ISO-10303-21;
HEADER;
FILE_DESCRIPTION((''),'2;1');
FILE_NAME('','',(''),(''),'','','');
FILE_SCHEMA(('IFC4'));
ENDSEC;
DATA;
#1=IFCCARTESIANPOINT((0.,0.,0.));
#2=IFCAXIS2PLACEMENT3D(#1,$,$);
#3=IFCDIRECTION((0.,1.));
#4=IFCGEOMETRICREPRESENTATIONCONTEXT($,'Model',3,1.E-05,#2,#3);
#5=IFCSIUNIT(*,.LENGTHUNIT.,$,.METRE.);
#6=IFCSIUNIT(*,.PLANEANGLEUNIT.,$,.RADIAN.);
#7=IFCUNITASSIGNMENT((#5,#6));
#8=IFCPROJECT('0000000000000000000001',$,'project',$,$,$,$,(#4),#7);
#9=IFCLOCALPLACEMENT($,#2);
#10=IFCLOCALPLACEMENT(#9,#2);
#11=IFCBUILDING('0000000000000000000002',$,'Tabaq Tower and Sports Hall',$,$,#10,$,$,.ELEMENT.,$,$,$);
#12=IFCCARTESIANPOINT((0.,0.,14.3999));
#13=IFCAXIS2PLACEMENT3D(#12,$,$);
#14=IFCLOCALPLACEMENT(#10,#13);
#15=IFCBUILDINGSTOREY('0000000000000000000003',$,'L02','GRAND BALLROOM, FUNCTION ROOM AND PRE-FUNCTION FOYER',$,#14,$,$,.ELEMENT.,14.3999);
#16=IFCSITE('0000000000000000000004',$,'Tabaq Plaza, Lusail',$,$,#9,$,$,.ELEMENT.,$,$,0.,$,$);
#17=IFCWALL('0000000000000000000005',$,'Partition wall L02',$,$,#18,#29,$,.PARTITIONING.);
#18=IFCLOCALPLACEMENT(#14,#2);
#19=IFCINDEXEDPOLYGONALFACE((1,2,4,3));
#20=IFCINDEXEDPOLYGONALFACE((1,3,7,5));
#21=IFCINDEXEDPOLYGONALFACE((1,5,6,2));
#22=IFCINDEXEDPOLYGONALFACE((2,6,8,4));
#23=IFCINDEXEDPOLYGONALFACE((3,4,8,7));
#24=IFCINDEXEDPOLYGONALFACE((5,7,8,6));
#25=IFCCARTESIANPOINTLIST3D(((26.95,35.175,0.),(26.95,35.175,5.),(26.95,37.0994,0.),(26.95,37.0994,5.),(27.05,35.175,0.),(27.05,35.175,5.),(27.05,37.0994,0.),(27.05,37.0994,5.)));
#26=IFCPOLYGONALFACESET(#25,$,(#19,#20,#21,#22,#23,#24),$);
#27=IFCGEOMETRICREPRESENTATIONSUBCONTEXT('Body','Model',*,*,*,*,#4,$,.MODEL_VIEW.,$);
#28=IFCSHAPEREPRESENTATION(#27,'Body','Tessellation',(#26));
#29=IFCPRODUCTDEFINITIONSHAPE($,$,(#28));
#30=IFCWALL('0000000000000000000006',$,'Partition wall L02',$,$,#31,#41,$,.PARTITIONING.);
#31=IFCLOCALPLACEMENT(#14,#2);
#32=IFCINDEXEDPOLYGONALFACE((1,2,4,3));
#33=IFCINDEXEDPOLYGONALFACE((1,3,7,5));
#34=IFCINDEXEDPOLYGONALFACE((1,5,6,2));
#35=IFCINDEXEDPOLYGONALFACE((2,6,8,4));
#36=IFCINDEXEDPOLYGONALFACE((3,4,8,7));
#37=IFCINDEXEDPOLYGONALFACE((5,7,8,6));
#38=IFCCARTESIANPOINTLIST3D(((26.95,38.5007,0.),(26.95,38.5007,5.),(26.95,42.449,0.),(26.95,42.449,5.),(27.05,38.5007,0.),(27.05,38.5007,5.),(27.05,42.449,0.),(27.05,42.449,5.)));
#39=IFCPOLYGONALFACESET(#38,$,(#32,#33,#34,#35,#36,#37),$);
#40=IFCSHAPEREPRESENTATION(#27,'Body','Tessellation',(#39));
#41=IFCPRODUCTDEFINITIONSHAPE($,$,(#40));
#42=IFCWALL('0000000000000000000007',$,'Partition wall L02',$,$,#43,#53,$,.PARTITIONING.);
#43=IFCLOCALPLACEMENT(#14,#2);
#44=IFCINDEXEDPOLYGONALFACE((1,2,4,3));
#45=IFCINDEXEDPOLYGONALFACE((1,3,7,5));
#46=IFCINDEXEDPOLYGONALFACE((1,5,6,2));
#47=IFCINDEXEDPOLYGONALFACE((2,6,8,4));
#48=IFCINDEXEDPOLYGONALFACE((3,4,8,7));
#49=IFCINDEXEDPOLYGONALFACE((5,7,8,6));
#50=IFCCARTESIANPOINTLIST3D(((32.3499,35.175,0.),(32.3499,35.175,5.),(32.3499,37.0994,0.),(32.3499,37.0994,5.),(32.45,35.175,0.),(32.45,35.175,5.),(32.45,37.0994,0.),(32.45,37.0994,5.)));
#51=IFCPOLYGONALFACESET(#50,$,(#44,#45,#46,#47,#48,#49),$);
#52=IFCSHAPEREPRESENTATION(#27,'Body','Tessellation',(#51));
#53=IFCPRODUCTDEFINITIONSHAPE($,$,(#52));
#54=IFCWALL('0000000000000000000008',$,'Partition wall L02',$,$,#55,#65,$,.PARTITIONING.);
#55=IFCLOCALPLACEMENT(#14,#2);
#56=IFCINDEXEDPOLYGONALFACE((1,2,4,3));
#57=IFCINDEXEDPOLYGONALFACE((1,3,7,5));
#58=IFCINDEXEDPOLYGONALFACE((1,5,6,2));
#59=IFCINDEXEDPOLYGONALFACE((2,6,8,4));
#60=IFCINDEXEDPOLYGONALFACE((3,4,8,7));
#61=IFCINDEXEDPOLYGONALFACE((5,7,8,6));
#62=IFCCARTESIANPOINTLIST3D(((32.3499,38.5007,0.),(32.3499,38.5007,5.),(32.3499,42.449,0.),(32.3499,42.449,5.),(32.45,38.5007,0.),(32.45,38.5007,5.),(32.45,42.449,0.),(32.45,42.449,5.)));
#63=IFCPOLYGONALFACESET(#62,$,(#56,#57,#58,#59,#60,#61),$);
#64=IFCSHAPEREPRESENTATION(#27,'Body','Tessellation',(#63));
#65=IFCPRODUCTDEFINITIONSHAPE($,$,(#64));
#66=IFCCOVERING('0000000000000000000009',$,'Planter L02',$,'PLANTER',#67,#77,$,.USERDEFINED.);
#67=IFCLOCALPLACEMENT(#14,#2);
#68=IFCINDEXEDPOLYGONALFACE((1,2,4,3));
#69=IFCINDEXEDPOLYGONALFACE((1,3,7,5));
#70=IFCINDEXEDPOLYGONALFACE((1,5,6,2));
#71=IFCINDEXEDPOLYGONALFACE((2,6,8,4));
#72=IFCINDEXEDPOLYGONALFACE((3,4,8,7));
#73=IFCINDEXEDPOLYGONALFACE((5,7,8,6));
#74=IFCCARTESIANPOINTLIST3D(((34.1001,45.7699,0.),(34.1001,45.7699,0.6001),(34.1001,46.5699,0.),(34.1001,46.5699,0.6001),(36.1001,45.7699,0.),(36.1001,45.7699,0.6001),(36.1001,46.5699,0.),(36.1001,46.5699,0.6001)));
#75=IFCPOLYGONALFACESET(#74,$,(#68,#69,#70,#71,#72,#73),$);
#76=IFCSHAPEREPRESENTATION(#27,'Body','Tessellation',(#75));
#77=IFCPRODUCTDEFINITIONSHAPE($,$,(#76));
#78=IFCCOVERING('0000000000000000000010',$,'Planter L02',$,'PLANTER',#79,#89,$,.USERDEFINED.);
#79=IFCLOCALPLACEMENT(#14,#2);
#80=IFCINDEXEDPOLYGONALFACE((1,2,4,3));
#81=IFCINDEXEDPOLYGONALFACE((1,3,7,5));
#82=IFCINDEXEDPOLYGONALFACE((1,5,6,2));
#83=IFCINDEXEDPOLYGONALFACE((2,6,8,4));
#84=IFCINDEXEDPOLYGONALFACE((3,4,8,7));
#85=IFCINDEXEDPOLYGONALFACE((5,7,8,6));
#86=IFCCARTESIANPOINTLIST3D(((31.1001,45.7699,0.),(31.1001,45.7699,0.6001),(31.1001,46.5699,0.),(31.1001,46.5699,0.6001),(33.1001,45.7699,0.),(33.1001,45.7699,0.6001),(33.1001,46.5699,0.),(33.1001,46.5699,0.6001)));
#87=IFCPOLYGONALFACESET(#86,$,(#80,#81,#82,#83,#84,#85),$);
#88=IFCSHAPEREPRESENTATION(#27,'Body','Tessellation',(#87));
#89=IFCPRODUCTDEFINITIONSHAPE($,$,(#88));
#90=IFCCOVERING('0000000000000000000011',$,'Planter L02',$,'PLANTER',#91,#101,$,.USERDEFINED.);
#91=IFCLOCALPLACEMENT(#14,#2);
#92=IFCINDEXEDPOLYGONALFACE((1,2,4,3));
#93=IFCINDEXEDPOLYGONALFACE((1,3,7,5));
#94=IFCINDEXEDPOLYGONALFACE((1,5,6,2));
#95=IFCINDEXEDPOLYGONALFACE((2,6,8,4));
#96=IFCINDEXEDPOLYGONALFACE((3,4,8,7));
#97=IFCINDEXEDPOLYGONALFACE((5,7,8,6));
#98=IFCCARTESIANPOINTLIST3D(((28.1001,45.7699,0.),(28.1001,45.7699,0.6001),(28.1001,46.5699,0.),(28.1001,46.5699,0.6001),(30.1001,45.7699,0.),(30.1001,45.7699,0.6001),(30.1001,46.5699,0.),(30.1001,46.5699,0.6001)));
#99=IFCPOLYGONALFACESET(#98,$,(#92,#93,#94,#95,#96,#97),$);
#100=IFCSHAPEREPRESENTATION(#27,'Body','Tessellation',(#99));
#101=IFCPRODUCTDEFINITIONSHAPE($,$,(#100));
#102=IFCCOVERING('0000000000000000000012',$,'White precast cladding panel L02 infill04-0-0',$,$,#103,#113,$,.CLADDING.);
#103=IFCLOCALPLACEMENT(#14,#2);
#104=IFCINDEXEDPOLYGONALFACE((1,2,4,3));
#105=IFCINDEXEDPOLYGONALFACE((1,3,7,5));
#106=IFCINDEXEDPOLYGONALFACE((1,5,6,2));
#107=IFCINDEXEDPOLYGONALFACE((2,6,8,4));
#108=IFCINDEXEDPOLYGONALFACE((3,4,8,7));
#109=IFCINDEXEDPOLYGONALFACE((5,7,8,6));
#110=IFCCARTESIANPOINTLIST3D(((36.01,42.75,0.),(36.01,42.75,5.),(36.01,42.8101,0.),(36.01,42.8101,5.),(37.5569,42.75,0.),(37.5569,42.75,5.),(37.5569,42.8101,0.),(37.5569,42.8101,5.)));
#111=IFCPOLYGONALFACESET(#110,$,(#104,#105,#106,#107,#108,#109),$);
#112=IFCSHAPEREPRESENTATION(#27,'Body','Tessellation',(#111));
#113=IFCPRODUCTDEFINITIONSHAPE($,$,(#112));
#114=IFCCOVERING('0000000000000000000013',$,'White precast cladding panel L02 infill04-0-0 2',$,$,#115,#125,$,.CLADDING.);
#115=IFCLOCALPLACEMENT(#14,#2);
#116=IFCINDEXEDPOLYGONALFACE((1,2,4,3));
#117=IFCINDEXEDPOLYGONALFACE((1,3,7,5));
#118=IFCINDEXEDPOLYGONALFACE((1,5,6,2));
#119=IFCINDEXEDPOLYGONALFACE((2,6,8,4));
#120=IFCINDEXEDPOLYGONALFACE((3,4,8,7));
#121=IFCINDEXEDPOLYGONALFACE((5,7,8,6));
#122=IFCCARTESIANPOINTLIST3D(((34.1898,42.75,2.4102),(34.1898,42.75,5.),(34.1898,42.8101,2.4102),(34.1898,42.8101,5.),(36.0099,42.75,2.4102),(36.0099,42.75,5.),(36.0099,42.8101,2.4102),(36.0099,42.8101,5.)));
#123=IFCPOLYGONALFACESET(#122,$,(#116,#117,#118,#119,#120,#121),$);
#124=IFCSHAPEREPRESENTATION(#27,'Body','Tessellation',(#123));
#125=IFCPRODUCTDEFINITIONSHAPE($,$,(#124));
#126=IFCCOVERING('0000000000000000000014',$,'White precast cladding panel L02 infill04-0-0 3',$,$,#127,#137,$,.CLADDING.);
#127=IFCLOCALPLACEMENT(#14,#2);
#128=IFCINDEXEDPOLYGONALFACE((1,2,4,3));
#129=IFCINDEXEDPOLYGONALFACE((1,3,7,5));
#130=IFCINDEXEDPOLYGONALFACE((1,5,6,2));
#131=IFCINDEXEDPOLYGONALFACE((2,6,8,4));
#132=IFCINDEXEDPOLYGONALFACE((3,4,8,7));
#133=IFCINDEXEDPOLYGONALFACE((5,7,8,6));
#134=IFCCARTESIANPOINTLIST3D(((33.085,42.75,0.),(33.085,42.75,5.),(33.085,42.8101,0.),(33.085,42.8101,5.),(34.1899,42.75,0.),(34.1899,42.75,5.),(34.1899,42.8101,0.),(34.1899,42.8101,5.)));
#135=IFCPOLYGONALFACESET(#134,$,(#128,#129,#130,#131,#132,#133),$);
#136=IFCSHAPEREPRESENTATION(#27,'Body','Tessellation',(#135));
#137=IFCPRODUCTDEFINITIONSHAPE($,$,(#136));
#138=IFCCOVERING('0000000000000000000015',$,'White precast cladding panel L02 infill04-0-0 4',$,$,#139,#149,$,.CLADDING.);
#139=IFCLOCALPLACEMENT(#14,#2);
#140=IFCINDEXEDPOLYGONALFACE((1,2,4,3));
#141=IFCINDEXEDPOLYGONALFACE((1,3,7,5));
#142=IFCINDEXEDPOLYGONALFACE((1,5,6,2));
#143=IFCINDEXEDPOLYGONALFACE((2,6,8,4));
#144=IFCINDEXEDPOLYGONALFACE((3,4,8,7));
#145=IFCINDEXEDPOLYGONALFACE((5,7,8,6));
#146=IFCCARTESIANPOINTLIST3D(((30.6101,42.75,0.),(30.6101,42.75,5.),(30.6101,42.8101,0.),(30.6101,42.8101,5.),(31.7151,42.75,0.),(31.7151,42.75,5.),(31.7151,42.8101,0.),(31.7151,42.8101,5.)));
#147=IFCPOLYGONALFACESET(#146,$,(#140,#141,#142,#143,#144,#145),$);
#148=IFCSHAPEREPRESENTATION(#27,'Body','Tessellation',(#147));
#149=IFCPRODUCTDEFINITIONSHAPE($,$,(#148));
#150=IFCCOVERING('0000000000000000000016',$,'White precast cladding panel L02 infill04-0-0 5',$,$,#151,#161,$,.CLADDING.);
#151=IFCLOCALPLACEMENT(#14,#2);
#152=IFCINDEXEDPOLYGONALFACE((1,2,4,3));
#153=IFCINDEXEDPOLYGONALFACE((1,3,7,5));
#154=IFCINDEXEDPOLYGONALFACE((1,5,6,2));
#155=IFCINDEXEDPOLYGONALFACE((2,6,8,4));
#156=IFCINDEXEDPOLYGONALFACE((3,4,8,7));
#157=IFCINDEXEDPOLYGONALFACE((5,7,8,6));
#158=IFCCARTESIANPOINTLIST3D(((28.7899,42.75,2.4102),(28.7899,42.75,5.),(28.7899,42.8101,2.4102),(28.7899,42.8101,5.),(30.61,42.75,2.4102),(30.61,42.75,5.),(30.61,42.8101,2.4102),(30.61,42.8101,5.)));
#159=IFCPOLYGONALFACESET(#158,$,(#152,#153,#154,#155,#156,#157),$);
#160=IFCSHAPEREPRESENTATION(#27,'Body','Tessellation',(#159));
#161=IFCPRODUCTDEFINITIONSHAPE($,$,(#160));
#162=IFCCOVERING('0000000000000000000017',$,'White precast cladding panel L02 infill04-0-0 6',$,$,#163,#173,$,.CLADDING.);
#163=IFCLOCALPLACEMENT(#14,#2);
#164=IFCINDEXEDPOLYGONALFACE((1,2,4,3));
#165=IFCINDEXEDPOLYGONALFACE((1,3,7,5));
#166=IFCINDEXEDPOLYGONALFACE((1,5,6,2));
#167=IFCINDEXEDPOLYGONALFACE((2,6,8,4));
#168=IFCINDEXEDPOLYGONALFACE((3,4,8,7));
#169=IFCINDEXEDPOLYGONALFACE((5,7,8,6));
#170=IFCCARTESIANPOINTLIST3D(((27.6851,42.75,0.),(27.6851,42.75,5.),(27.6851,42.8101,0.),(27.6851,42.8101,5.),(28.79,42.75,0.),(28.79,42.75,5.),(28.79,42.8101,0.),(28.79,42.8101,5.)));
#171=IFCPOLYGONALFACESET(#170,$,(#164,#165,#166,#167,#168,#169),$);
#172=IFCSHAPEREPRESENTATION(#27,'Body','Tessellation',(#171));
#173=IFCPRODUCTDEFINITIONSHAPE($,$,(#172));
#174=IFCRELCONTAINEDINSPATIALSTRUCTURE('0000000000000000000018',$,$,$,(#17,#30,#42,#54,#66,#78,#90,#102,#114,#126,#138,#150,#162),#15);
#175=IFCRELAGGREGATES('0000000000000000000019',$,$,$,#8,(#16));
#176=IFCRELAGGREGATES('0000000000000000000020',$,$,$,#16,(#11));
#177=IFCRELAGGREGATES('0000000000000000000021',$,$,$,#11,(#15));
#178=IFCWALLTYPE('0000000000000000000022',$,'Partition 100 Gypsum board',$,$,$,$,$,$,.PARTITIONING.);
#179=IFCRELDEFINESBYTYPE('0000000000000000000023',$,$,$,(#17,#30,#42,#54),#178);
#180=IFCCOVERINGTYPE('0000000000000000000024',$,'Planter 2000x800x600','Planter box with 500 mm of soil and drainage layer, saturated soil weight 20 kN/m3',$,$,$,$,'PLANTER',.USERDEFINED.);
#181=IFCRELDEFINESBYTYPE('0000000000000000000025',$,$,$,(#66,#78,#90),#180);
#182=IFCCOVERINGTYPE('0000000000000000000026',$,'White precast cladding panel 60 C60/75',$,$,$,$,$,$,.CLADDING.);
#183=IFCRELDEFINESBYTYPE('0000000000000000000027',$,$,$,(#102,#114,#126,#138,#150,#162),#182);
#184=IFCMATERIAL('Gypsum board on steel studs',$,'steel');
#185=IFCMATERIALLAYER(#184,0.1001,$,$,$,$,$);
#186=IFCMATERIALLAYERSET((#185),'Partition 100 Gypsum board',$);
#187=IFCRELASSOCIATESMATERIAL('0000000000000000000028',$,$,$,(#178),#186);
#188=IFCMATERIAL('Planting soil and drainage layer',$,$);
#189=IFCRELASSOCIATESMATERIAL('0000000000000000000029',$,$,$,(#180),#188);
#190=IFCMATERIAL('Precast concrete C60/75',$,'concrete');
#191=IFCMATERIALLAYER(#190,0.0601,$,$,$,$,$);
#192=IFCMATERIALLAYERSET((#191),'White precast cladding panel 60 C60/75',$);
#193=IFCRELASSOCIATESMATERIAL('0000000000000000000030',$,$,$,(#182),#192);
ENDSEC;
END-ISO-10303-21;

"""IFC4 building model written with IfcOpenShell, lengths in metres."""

from ifc_helpers import new_model, si_unit, direction, frame, frame_2d, origin, origin_2d, place, context, subcontext, project, spatial, rectangle, extrude, material, layer, layer_set, type_object, element, save


model = new_model("IFC4")

# Units and contexts
model_context = context("Model", 3, precision=1e-05, world=origin(), true_north=direction((0.0, 1.0)))
body_context = subcontext(model_context, "Body", "Model", "MODEL_VIEW")
ifc_project = project(units=[si_unit("LENGTHUNIT", "METRE"), si_unit("PLANEANGLEUNIT", "RADIAN")], contexts=[model_context])

# Site, building, storey
site_placement = place(None, origin())
site = spatial("IfcSite", under=ifc_project, at=site_placement, Name="Tabaq Plaza, Lusail", CompositionType="ELEMENT", RefElevation=0.0)
building_placement = place(site_placement, origin())
building = spatial("IfcBuilding", under=site, at=building_placement, Name="Tabaq Tower and Sports Hall", CompositionType="ELEMENT")
storey_placement = place(building_placement, frame((0.0, 0.0, 14.3999)))
storey = spatial("IfcBuildingStorey", under=building, at=storey_placement, Name="L02", Description="GRAND BALLROOM, FUNCTION ROOM AND PRE-FUNCTION FOYER", CompositionType="ELEMENT", Elevation=14.3999)

# Walls
ifc_material_1 = material(Name="Gypsum board on steel studs", Category="steel")
ifc_layer_1 = layer(ifc_material_1, 0.1001)
ifc_layer_set_1 = layer_set([ifc_layer_1], Name="Partition 100 Gypsum board")
wall_type = type_object("IfcWallType", Name="Partition 100 Gypsum board", PredefinedType="PARTITIONING", material=ifc_layer_set_1)
wall_1_placement = place(storey_placement, frame((27.0, 35.175, 0.0), z_axis=(0.0, 0.0, 1.0), x_axis=(0.0, 1.0, 0.0)))
element("IfcWall", 1, at=wall_1_placement, inside=storey, type_object=wall_type, Name="Partition wall L02", PredefinedType="PARTITIONING", context=body_context, shape_type="SweptSolid", body=[
    extrude(rectangle(XDim=1.9243, YDim=0.1001, at=frame_2d((0.9622, 0.0))), origin(), (0.0, 0.0, 1.0), 5.0),
])
wall_2_placement = place(storey_placement, frame((27.0, 38.5007, 0.0), z_axis=(0.0, 0.0, 1.0), x_axis=(0.0, 1.0, 0.0)))
element("IfcWall", 2, at=wall_2_placement, inside=storey, type_object=wall_type, Name="Partition wall L02", PredefinedType="PARTITIONING", context=body_context, shape_type="SweptSolid", body=[
    extrude(rectangle(XDim=3.9482, YDim=0.1001, at=frame_2d((1.9741, 0.0))), origin(), (0.0, 0.0, 1.0), 5.0),
])
wall_3_placement = place(storey_placement, frame((32.3999, 35.175, 0.0), z_axis=(0.0, 0.0, 1.0), x_axis=(0.0, 1.0, 0.0)))
element("IfcWall", 3, at=wall_3_placement, inside=storey, type_object=wall_type, Name="Partition wall L02", PredefinedType="PARTITIONING", context=body_context, shape_type="SweptSolid", body=[
    extrude(rectangle(XDim=1.9243, YDim=0.1001, at=frame_2d((0.9622, 0.0))), origin(), (0.0, 0.0, 1.0), 5.0),
])
wall_4_placement = place(storey_placement, frame((32.3999, 38.5007, 0.0), z_axis=(0.0, 0.0, 1.0), x_axis=(0.0, 1.0, 0.0)))
element("IfcWall", 4, at=wall_4_placement, inside=storey, type_object=wall_type, Name="Partition wall L02", PredefinedType="PARTITIONING", context=body_context, shape_type="SweptSolid", body=[
    extrude(rectangle(XDim=3.9482, YDim=0.1001, at=frame_2d((1.9741, 0.0))), origin(), (0.0, 0.0, 1.0), 5.0),
])

# Coverings
ifc_material_2 = material(Name="Planting soil and drainage layer")
covering_type_1 = type_object("IfcCoveringType", Name="Planter 2000x800x600", Description="Planter box with 500 mm of soil and drainage layer, saturated soil weight 20 kN/m3", ElementType="PLANTER", PredefinedType="USERDEFINED", material=ifc_material_2)
for number, where, z_axis, x_axis, name in (
    (5, (35.1001, 46.1699, 0.0), (0.0, 0.0, 1.0), (-1.0, 0.0, 0.0), "Planter L02"),
    (6, (32.1001, 46.1699, 0.0), (0.0, 0.0, 1.0), (-1.0, 0.0, 0.0), "Planter L02"),
    (7, (29.1001, 46.1699, 0.0), (0.0, 0.0, 1.0), (-1.0, 0.0, 0.0), "Planter L02"),
):
    element("IfcCovering", number, at=place(storey_placement, frame(where, z_axis=z_axis, x_axis=x_axis)), inside=storey, type_object=covering_type_1, Name=name, ObjectType="PLANTER", PredefinedType="USERDEFINED", context=body_context, shape_type="SweptSolid", body=[
        extrude(rectangle(XDim=2.0, YDim=0.8, at=origin_2d()), origin(), (0.0, 0.0, 1.0), 0.6001),
    ])
ifc_material_3 = material(Name="Precast concrete C60/75", Category="concrete")
ifc_layer_2 = layer(ifc_material_3, 0.0601)
ifc_layer_set_2 = layer_set([ifc_layer_2], Name="White precast cladding panel 60 C60/75")
covering_type_2 = type_object("IfcCoveringType", Name="White precast cladding panel 60 C60/75", PredefinedType="CLADDING", material=ifc_layer_set_2)
covering_1_placement = place(storey_placement, frame((37.5569, 42.78, 0.0), z_axis=(0.0, 0.0, 1.0), x_axis=(-1.0, 0.0, 0.0)))
element("IfcCovering", 8, at=covering_1_placement, inside=storey, type_object=covering_type_2, Name="White precast cladding panel L02 infill04-0-0", PredefinedType="CLADDING", context=body_context, shape_type="SweptSolid", body=[
    extrude(rectangle(XDim=1.5469, YDim=0.0601, at=frame_2d((0.7734, 0.0))), origin(), (0.0, 0.0, 1.0), 5.0),
])
covering_2_placement = place(storey_placement, frame((36.01, 42.78, 2.4102), z_axis=(0.0, 0.0, 1.0), x_axis=(-1.0, 0.0, 0.0)))
element("IfcCovering", 9, at=covering_2_placement, inside=storey, type_object=covering_type_2, Name="White precast cladding panel L02 infill04-0-0 2", PredefinedType="CLADDING", context=body_context, shape_type="SweptSolid", body=[
    extrude(rectangle(XDim=1.8201, YDim=0.0601, at=frame_2d((0.9102, 0.0))), origin(), (0.0, 0.0, 1.0), 2.5898),
])
for number, where, z_axis, x_axis, name in (
    (10, (34.1899, 42.78, 0.0), (0.0, 0.0, 1.0), (-1.0, 0.0, 0.0), "White precast cladding panel L02 infill04-0-0 3"),
    (11, (31.7151, 42.78, 0.0), (0.0, 0.0, 1.0), (-1.0, 0.0, 0.0), "White precast cladding panel L02 infill04-0-0 4"),
):
    element("IfcCovering", number, at=place(storey_placement, frame(where, z_axis=z_axis, x_axis=x_axis)), inside=storey, type_object=covering_type_2, Name=name, PredefinedType="CLADDING", context=body_context, shape_type="SweptSolid", body=[
        extrude(rectangle(XDim=1.105, YDim=0.0601, at=frame_2d((0.5525, 0.0))), origin(), (0.0, 0.0, 1.0), 5.0),
    ])
covering_3_placement = place(storey_placement, frame((30.6101, 42.78, 2.4102), z_axis=(0.0, 0.0, 1.0), x_axis=(-1.0, 0.0, 0.0)))
element("IfcCovering", 12, at=covering_3_placement, inside=storey, type_object=covering_type_2, Name="White precast cladding panel L02 infill04-0-0 5", PredefinedType="CLADDING", context=body_context, shape_type="SweptSolid", body=[
    extrude(rectangle(XDim=1.8201, YDim=0.0601, at=frame_2d((0.9102, 0.0))), origin(), (0.0, 0.0, 1.0), 2.5898),
])
covering_4_placement = place(storey_placement, frame((28.79, 42.78, 0.0), z_axis=(0.0, 0.0, 1.0), x_axis=(-1.0, 0.0, 0.0)))
element("IfcCovering", 13, at=covering_4_placement, inside=storey, type_object=covering_type_2, Name="White precast cladding panel L02 infill04-0-0 6", PredefinedType="CLADDING", context=body_context, shape_type="SweptSolid", body=[
    extrude(rectangle(XDim=1.105, YDim=0.0601, at=frame_2d((0.5525, 0.0))), origin(), (0.0, 0.0, 1.0), 5.0),
])

save(model, "model.ifc")
